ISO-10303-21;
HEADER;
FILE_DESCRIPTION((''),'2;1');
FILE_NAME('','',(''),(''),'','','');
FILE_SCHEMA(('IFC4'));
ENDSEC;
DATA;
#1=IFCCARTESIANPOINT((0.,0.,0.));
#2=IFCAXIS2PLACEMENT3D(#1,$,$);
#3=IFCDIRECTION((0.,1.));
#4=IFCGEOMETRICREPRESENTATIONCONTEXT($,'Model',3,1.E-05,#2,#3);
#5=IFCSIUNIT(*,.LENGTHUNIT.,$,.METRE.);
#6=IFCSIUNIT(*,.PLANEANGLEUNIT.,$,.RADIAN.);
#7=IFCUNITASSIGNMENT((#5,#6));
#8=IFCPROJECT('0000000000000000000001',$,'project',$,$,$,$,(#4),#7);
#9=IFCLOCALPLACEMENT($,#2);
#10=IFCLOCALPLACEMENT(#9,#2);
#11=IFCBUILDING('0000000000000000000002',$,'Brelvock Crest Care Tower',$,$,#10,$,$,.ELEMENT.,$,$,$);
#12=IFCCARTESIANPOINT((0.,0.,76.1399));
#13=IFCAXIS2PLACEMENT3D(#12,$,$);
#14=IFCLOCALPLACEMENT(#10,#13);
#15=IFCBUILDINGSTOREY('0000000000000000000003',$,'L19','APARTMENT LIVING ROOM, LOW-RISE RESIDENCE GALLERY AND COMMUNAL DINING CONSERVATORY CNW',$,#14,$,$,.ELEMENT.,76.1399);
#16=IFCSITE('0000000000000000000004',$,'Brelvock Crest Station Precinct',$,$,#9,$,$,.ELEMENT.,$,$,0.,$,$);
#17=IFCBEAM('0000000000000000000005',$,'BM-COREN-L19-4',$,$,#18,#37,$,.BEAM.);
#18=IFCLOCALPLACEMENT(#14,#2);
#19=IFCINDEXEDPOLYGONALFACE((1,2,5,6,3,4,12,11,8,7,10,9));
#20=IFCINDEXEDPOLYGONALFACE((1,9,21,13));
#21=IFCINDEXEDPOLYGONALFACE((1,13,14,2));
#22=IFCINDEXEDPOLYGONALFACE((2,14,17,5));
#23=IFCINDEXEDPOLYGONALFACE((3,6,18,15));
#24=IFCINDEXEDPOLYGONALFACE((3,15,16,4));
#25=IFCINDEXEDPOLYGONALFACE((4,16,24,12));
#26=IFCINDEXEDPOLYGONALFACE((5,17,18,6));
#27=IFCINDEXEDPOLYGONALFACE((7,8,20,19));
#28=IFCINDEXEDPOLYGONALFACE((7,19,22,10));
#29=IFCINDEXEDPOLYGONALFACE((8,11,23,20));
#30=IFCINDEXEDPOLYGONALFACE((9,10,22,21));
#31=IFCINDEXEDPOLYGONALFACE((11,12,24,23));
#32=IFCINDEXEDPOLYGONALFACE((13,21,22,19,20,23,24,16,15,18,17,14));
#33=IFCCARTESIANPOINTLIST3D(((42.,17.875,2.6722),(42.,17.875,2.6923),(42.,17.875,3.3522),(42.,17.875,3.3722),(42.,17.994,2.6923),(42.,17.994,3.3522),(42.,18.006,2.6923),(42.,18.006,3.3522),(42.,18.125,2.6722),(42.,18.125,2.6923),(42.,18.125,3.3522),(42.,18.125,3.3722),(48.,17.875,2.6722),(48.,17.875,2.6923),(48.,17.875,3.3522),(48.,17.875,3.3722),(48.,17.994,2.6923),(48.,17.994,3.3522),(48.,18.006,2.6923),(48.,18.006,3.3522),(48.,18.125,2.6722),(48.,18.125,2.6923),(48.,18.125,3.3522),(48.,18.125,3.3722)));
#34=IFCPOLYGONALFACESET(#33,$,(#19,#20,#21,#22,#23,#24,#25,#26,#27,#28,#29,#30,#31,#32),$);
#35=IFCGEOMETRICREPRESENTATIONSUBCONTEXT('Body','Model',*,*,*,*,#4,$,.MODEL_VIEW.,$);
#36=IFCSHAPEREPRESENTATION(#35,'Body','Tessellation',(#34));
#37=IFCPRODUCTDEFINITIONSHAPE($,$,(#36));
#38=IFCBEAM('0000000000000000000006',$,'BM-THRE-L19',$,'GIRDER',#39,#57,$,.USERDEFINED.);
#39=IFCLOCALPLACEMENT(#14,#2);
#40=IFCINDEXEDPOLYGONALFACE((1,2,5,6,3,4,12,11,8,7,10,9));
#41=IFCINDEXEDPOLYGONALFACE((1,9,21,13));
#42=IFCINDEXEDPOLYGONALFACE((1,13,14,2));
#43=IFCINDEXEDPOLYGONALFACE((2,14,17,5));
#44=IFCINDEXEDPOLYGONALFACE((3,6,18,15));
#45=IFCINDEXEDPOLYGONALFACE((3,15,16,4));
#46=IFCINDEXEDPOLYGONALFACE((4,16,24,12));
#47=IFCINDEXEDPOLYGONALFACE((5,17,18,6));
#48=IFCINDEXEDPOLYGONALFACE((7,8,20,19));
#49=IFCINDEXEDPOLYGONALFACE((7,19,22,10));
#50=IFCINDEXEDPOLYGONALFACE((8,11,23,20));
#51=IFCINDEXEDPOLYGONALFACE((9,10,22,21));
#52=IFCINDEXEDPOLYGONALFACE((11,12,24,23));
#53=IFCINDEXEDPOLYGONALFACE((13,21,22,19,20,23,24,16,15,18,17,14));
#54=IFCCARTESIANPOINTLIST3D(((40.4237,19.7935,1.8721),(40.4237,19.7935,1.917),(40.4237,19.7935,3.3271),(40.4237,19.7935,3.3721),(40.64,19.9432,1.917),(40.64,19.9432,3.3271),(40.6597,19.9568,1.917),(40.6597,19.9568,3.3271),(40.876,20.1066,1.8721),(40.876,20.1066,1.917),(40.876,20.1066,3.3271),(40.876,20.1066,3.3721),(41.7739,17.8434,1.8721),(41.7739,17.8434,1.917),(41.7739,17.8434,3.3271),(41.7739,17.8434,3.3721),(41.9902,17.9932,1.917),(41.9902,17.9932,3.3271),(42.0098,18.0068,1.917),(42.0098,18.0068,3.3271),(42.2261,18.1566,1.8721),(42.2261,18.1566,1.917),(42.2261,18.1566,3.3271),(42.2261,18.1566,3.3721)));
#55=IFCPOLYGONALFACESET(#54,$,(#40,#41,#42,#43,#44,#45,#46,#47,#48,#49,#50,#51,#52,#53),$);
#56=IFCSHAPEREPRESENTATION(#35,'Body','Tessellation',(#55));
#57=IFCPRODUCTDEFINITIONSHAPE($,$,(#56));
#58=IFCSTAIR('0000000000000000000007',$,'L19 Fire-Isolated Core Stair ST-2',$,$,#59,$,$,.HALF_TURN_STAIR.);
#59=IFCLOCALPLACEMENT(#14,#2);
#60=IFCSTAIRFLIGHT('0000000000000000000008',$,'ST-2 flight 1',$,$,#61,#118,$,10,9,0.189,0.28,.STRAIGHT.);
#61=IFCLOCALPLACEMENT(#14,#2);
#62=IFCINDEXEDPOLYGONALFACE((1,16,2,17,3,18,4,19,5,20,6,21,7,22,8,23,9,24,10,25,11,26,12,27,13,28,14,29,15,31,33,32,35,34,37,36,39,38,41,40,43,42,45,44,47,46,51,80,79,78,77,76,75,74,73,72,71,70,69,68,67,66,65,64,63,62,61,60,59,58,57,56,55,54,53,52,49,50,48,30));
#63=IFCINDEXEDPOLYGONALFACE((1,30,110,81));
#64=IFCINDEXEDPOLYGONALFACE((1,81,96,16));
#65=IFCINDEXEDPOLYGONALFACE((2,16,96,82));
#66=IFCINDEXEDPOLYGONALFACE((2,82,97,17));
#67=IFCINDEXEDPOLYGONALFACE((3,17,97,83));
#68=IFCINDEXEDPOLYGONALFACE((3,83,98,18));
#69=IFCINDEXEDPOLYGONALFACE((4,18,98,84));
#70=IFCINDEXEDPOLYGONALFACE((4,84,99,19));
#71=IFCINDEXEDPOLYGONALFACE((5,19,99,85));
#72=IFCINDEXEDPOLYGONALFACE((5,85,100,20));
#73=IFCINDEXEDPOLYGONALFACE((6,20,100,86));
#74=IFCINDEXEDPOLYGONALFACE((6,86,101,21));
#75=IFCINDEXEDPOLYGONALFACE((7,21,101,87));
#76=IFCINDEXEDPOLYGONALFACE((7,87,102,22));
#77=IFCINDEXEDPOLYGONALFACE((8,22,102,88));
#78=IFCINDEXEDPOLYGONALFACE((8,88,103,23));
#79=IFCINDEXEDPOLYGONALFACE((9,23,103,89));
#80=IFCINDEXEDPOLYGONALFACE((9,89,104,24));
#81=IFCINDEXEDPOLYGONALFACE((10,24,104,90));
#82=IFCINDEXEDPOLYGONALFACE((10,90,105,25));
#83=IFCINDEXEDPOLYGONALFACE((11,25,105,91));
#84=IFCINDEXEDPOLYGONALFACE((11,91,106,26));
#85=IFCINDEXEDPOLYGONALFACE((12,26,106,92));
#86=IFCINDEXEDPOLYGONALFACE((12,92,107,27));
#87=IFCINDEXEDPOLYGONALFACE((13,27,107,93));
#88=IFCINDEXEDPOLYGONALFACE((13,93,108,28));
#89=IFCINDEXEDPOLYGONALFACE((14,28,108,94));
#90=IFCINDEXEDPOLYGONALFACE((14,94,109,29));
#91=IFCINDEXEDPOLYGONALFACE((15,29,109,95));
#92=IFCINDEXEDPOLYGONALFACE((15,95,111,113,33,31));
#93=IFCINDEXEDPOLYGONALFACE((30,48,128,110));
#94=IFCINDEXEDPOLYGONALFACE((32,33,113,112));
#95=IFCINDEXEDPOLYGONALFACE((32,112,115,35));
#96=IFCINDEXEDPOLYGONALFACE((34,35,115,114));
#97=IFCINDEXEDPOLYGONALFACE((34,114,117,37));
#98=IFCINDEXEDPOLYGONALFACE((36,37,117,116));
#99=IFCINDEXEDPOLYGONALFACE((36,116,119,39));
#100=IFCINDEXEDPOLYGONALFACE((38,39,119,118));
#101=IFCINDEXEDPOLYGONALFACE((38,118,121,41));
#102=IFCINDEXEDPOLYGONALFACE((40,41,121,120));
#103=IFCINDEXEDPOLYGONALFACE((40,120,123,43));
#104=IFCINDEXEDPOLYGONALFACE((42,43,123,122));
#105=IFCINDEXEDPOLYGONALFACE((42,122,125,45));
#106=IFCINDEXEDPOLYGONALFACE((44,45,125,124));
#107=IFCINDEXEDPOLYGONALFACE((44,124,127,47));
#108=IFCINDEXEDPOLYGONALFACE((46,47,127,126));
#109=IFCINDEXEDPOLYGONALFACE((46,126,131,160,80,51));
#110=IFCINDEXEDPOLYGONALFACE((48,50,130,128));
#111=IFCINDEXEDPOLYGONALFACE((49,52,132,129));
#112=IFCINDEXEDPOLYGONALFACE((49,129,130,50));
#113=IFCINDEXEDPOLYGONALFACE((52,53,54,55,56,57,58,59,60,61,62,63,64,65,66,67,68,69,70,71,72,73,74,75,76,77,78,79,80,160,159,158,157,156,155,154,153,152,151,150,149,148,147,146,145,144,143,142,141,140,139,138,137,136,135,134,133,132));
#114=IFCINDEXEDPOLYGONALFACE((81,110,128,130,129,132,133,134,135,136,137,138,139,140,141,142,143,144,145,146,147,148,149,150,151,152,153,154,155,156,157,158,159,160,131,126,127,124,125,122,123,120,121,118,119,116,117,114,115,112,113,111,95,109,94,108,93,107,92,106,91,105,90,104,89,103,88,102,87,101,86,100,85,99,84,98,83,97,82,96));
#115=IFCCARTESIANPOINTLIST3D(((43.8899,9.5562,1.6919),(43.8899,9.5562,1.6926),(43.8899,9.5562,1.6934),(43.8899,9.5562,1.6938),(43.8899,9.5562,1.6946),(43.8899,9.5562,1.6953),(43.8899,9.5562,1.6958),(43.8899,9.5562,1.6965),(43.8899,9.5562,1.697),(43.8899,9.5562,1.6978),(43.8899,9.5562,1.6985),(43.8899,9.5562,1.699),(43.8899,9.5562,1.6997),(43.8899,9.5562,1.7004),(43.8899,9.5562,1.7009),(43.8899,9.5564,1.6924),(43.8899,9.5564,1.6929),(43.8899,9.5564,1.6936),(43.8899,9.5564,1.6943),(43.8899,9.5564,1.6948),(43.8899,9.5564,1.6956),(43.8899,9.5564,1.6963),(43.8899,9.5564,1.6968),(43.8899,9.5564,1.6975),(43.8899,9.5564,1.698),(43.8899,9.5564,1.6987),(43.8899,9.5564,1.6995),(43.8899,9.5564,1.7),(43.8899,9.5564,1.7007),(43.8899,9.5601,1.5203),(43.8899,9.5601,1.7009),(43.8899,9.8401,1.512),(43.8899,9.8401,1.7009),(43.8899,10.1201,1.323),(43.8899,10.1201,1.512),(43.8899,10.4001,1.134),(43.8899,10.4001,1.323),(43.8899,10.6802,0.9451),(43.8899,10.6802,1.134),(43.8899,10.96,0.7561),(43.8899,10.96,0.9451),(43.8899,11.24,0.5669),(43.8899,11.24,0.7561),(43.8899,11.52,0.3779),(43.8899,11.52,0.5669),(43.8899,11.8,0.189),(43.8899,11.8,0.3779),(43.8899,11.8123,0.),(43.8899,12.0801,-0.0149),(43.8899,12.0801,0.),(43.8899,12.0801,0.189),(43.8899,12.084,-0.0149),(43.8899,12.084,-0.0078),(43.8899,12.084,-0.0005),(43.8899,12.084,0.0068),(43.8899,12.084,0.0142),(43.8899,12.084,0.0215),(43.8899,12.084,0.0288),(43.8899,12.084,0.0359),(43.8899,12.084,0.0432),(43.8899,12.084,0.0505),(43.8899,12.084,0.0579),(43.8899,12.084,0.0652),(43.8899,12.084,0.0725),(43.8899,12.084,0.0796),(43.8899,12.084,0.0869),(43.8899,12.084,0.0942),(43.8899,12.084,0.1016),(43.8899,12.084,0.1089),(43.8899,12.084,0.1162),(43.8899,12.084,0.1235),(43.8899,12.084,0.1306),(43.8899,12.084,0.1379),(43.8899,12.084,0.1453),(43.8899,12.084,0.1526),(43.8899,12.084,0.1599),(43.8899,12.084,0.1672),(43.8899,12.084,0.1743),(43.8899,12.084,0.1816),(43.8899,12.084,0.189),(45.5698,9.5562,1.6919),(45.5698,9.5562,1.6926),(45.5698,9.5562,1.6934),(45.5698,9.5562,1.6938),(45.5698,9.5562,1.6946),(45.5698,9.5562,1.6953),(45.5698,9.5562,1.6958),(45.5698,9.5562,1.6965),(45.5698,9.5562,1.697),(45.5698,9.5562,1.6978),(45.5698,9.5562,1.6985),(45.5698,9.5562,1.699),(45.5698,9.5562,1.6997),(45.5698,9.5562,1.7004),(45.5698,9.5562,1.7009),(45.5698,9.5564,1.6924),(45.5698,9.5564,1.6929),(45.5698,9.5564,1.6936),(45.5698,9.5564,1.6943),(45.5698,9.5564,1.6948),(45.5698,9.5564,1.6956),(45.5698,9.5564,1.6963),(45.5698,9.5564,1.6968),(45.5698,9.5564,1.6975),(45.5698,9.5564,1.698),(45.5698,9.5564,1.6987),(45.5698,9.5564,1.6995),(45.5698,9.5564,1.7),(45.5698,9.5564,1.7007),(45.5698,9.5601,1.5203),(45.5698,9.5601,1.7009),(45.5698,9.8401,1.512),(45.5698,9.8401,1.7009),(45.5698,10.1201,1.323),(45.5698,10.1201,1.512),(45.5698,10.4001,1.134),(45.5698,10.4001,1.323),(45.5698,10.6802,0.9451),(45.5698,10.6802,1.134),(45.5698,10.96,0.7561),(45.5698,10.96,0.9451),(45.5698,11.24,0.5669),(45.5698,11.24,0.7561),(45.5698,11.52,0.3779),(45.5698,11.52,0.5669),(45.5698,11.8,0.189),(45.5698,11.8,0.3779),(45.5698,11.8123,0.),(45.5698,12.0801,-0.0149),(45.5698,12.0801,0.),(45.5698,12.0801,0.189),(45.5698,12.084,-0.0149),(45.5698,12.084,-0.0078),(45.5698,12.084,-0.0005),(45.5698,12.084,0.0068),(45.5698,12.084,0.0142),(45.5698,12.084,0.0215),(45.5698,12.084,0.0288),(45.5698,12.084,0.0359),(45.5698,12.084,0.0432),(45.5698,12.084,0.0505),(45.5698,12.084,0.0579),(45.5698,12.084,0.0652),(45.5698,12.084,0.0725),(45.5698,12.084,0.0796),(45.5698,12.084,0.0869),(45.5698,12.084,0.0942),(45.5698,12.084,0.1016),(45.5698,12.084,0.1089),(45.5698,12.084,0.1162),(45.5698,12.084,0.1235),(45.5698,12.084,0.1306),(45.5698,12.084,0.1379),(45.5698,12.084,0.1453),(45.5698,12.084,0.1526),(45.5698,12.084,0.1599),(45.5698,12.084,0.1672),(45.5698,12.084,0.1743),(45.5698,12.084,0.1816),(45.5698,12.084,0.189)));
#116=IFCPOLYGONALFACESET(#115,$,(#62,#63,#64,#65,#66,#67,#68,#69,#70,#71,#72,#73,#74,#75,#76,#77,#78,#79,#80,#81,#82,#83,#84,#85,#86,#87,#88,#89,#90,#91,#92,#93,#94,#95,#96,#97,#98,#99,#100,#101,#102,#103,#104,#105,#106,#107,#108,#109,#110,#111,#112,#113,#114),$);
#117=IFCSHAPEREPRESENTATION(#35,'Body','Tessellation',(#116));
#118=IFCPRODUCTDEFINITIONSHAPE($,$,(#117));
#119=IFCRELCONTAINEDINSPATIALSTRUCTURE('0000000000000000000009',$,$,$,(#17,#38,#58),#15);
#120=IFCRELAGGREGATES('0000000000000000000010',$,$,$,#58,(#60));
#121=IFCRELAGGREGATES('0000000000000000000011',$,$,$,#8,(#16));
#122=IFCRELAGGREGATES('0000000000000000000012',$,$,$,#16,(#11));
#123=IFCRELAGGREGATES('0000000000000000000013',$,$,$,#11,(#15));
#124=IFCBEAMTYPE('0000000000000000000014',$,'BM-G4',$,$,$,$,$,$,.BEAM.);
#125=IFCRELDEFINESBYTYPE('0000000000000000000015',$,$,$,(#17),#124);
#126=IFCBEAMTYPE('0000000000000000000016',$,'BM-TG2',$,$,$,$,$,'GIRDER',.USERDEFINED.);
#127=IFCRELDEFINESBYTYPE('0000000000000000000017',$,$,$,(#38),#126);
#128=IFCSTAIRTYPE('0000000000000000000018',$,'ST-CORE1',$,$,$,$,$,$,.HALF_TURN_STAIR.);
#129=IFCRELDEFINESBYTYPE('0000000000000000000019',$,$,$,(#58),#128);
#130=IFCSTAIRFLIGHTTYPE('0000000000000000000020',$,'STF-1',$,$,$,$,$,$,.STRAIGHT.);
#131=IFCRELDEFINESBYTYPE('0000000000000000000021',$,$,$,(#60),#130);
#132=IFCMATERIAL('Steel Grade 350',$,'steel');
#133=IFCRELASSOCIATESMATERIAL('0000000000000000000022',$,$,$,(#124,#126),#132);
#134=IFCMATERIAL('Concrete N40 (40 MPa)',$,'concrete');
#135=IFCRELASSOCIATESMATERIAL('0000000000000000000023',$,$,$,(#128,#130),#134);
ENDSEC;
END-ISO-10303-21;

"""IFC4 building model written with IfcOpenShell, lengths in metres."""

from ifc_helpers import new_model, si_unit, direction, frame, origin, origin_2d, place, context, subcontext, project, spatial, polyline, i_section, outline, extrude, source, transform, mapped, material, material_profile, profile_set, type_object, element, aggregate, save


model = new_model("IFC4")

# Units and contexts
model_context = context("Model", 3, precision=1e-05, world=origin(), true_north=direction((0.0, 1.0)))
body_context = subcontext(model_context, "Body", "Model", "MODEL_VIEW")
ifc_project = project(units=[si_unit("LENGTHUNIT", "METRE"), si_unit("PLANEANGLEUNIT", "RADIAN")], contexts=[model_context])

# Site, building, storey
site_placement = place(None, origin())
site = spatial("IfcSite", under=ifc_project, at=site_placement, Name="Brelvock Crest Station Precinct", CompositionType="ELEMENT", RefElevation=0.0)
building_placement = place(site_placement, origin())
building = spatial("IfcBuilding", under=site, at=building_placement, Name="Brelvock Crest Care Tower", CompositionType="ELEMENT")
storey_placement = place(building_placement, frame((0.0, 0.0, 76.1399)))
storey = spatial("IfcBuildingStorey", under=building, at=storey_placement, Name="L19", Description="APARTMENT LIVING ROOM, LOW-RISE RESIDENCE GALLERY AND COMMUNAL DINING CONSERVATORY CNW", CompositionType="ELEMENT", Elevation=76.1399)

# Beams
ifc_material_1 = material(Name="Steel Grade 350", Category="steel")
ifc_material_profile_1 = material_profile(ifc_material_1, i_section(OverallWidth=0.25, OverallDepth=0.7, WebThickness=0.012, FlangeThickness=0.02, at=origin_2d()), Name="700WB150")
ifc_profile_set_1 = profile_set([ifc_material_profile_1], Name="Steel Grade 350")
beam_type_1 = type_object("IfcBeamType", Name="BM-G4", PredefinedType="BEAM", material=ifc_profile_set_1)
shared_shape_1 = source(origin(), body_context, "Body", "SweptSolid", [
    extrude(i_section(OverallWidth=0.25, OverallDepth=0.7, WebThickness=0.012, FlangeThickness=0.02, at=origin_2d()), origin(), (0.0, 0.0, 1.0), 6.0),
])
beam_1_placement = place(storey_placement, frame((42.0, 18.0, 3.0222), z_axis=(1.0, 0.0, 0.0), x_axis=(0.0, 1.0, 0.0)))
element("IfcBeam", 1, at=beam_1_placement, inside=storey, type_object=beam_type_1, Name="BM-COREN-L19-4", PredefinedType="BEAM", context=body_context, shape_type="MappedRepresentation", body=[
    mapped(shared_shape_1, transform((0.0, 0.0, 0.0), x_axis=(1.0, 0.0, 0.0), y_axis=(0.0, 1.0, 0.0), z_axis=(0.0, 0.0, 1.0), scale=1.0)),
])
ifc_material_profile_2 = material_profile(ifc_material_1, i_section(OverallWidth=0.55, OverallDepth=1.5, WebThickness=0.0239, FlangeThickness=0.0449, at=origin_2d()), Name="1500TG580")
ifc_profile_set_2 = profile_set([ifc_material_profile_2], Name="Steel Grade 350")
beam_type_2 = type_object("IfcBeamType", Name="BM-TG2", ElementType="GIRDER", PredefinedType="USERDEFINED", material=ifc_profile_set_2)
shared_shape_2 = source(origin(), body_context, "Body", "SweptSolid", [
    extrude(i_section(OverallWidth=0.55, OverallDepth=1.5, WebThickness=0.0239, FlangeThickness=0.0449, at=origin_2d()), origin(), (0.0, 0.0, 1.0), 2.3718),
])
beam_2_placement = place(storey_placement, frame((42.0, 18.0, 2.6221), z_axis=(-0.569247, 0.822166, 0.0), x_axis=(-0.822166, -0.569247, 0.0)))
element("IfcBeam", 2, at=beam_2_placement, inside=storey, type_object=beam_type_2, Name="BM-THRE-L19", ObjectType="GIRDER", PredefinedType="USERDEFINED", context=body_context, shape_type="MappedRepresentation", body=[
    mapped(shared_shape_2, transform((0.0, 0.0, 0.0), x_axis=(1.0, 0.0, 0.0), y_axis=(0.0, 1.0, 0.0), z_axis=(0.0, 0.0, 1.0), scale=1.0)),
])

# Stair, stair flight
ifc_material_2 = material(Name="Concrete N40 (40 MPa)", Category="concrete")
stair_type = type_object("IfcStairType", Name="ST-CORE1", PredefinedType="HALF_TURN_STAIR", material=ifc_material_2)
stair_placement = place(storey_placement, origin())
stair = element("IfcStair", 3, at=stair_placement, inside=storey, type_object=stair_type, Name="L19 Fire-Isolated Core Stair ST-2", PredefinedType="HALF_TURN_STAIR")
stair_flight_type = type_object("IfcStairFlightType", Name="STF-1", PredefinedType="STRAIGHT", material=ifc_material_2)
stair_flight_1_placement = place(storey_placement, frame((44.73, 12.0801, 0.0), z_axis=(0.0, 0.0, 1.0), x_axis=(0.0, -1.0, 0.0)))
stair_flight_1 = element("IfcStairFlight", 4, at=stair_flight_1_placement, type_object=stair_flight_type, Name="ST-2 flight 1", NumberOfRisers=10, NumberOfTreads=9, PredefinedType="STRAIGHT", RiserHeight=0.189, TreadLength=0.28, context=body_context, shape_type="SweptSolid", body=[
    extrude(outline(polyline([(-0.0039, -0.0149), (-0.0039, -0.0078), (-0.0039, -0.0005), (-0.0039, 0.0068), (-0.0039, 0.0142), (-0.0039, 0.0215), (-0.0039, 0.0288), (-0.0039, 0.0359), (-0.0039, 0.0432), (-0.0039, 0.0505), (-0.0039, 0.0579), (-0.0039, 0.0652), (-0.0039, 0.0725), (-0.0039, 0.0796), (-0.0039, 0.0869), (-0.0039, 0.0942), (-0.0039, 0.1016), (-0.0039, 0.1089), (-0.0039, 0.1162), (-0.0039, 0.1235), (-0.0039, 0.1306), (-0.0039, 0.1379), (-0.0039, 0.1453), (-0.0039, 0.1526), (-0.0039, 0.1599), (-0.0039, 0.1672), (-0.0039, 0.1743), (-0.0039, 0.1816), (-0.0039, 0.189), (0.0, 0.189), (0.28, 0.189), (0.28, 0.3779), (0.5601, 0.3779), (0.5601, 0.5669), (0.8401, 0.5669), (0.8401, 0.7561), (1.1201, 0.7561), (1.1201, 0.9451), (1.3999, 0.9451), (1.3999, 1.134), (1.6799, 1.134), (1.6799, 1.323), (1.96, 1.323), (1.96, 1.512), (2.24, 1.512), (2.24, 1.7009), (2.52, 1.7009), (2.5239, 1.7009), (2.5237, 1.7007), (2.5239, 1.7004), (2.5237, 1.7), (2.5239, 1.6997), (2.5237, 1.6995), (2.5239, 1.699), (2.5237, 1.6987), (2.5239, 1.6985), (2.5237, 1.698), (2.5239, 1.6978), (2.5237, 1.6975), (2.5239, 1.697), (2.5237, 1.6968), (2.5239, 1.6965), (2.5237, 1.6963), (2.5239, 1.6958), (2.5237, 1.6956), (2.5239, 1.6953), (2.5237, 1.6948), (2.5239, 1.6946), (2.5237, 1.6943), (2.5239, 1.6938), (2.5237, 1.6936), (2.5239, 1.6934), (2.5237, 1.6929), (2.5239, 1.6926), (2.5237, 1.6924), (2.5239, 1.6919), (2.52, 1.5203), (0.2678, 0.0), (0.0, 0.0), (0.0, -0.0149), (-0.0039, -0.0149)])), frame((0.0, 0.8398, 0.0), z_axis=(0.0, -1.0, 0.0), x_axis=(1.0, 0.0, 0.0)), (0.0, 0.0, 1.0), 1.6799),
])
aggregate(stair, [stair_flight_1])

save(model, "model.ifc")
